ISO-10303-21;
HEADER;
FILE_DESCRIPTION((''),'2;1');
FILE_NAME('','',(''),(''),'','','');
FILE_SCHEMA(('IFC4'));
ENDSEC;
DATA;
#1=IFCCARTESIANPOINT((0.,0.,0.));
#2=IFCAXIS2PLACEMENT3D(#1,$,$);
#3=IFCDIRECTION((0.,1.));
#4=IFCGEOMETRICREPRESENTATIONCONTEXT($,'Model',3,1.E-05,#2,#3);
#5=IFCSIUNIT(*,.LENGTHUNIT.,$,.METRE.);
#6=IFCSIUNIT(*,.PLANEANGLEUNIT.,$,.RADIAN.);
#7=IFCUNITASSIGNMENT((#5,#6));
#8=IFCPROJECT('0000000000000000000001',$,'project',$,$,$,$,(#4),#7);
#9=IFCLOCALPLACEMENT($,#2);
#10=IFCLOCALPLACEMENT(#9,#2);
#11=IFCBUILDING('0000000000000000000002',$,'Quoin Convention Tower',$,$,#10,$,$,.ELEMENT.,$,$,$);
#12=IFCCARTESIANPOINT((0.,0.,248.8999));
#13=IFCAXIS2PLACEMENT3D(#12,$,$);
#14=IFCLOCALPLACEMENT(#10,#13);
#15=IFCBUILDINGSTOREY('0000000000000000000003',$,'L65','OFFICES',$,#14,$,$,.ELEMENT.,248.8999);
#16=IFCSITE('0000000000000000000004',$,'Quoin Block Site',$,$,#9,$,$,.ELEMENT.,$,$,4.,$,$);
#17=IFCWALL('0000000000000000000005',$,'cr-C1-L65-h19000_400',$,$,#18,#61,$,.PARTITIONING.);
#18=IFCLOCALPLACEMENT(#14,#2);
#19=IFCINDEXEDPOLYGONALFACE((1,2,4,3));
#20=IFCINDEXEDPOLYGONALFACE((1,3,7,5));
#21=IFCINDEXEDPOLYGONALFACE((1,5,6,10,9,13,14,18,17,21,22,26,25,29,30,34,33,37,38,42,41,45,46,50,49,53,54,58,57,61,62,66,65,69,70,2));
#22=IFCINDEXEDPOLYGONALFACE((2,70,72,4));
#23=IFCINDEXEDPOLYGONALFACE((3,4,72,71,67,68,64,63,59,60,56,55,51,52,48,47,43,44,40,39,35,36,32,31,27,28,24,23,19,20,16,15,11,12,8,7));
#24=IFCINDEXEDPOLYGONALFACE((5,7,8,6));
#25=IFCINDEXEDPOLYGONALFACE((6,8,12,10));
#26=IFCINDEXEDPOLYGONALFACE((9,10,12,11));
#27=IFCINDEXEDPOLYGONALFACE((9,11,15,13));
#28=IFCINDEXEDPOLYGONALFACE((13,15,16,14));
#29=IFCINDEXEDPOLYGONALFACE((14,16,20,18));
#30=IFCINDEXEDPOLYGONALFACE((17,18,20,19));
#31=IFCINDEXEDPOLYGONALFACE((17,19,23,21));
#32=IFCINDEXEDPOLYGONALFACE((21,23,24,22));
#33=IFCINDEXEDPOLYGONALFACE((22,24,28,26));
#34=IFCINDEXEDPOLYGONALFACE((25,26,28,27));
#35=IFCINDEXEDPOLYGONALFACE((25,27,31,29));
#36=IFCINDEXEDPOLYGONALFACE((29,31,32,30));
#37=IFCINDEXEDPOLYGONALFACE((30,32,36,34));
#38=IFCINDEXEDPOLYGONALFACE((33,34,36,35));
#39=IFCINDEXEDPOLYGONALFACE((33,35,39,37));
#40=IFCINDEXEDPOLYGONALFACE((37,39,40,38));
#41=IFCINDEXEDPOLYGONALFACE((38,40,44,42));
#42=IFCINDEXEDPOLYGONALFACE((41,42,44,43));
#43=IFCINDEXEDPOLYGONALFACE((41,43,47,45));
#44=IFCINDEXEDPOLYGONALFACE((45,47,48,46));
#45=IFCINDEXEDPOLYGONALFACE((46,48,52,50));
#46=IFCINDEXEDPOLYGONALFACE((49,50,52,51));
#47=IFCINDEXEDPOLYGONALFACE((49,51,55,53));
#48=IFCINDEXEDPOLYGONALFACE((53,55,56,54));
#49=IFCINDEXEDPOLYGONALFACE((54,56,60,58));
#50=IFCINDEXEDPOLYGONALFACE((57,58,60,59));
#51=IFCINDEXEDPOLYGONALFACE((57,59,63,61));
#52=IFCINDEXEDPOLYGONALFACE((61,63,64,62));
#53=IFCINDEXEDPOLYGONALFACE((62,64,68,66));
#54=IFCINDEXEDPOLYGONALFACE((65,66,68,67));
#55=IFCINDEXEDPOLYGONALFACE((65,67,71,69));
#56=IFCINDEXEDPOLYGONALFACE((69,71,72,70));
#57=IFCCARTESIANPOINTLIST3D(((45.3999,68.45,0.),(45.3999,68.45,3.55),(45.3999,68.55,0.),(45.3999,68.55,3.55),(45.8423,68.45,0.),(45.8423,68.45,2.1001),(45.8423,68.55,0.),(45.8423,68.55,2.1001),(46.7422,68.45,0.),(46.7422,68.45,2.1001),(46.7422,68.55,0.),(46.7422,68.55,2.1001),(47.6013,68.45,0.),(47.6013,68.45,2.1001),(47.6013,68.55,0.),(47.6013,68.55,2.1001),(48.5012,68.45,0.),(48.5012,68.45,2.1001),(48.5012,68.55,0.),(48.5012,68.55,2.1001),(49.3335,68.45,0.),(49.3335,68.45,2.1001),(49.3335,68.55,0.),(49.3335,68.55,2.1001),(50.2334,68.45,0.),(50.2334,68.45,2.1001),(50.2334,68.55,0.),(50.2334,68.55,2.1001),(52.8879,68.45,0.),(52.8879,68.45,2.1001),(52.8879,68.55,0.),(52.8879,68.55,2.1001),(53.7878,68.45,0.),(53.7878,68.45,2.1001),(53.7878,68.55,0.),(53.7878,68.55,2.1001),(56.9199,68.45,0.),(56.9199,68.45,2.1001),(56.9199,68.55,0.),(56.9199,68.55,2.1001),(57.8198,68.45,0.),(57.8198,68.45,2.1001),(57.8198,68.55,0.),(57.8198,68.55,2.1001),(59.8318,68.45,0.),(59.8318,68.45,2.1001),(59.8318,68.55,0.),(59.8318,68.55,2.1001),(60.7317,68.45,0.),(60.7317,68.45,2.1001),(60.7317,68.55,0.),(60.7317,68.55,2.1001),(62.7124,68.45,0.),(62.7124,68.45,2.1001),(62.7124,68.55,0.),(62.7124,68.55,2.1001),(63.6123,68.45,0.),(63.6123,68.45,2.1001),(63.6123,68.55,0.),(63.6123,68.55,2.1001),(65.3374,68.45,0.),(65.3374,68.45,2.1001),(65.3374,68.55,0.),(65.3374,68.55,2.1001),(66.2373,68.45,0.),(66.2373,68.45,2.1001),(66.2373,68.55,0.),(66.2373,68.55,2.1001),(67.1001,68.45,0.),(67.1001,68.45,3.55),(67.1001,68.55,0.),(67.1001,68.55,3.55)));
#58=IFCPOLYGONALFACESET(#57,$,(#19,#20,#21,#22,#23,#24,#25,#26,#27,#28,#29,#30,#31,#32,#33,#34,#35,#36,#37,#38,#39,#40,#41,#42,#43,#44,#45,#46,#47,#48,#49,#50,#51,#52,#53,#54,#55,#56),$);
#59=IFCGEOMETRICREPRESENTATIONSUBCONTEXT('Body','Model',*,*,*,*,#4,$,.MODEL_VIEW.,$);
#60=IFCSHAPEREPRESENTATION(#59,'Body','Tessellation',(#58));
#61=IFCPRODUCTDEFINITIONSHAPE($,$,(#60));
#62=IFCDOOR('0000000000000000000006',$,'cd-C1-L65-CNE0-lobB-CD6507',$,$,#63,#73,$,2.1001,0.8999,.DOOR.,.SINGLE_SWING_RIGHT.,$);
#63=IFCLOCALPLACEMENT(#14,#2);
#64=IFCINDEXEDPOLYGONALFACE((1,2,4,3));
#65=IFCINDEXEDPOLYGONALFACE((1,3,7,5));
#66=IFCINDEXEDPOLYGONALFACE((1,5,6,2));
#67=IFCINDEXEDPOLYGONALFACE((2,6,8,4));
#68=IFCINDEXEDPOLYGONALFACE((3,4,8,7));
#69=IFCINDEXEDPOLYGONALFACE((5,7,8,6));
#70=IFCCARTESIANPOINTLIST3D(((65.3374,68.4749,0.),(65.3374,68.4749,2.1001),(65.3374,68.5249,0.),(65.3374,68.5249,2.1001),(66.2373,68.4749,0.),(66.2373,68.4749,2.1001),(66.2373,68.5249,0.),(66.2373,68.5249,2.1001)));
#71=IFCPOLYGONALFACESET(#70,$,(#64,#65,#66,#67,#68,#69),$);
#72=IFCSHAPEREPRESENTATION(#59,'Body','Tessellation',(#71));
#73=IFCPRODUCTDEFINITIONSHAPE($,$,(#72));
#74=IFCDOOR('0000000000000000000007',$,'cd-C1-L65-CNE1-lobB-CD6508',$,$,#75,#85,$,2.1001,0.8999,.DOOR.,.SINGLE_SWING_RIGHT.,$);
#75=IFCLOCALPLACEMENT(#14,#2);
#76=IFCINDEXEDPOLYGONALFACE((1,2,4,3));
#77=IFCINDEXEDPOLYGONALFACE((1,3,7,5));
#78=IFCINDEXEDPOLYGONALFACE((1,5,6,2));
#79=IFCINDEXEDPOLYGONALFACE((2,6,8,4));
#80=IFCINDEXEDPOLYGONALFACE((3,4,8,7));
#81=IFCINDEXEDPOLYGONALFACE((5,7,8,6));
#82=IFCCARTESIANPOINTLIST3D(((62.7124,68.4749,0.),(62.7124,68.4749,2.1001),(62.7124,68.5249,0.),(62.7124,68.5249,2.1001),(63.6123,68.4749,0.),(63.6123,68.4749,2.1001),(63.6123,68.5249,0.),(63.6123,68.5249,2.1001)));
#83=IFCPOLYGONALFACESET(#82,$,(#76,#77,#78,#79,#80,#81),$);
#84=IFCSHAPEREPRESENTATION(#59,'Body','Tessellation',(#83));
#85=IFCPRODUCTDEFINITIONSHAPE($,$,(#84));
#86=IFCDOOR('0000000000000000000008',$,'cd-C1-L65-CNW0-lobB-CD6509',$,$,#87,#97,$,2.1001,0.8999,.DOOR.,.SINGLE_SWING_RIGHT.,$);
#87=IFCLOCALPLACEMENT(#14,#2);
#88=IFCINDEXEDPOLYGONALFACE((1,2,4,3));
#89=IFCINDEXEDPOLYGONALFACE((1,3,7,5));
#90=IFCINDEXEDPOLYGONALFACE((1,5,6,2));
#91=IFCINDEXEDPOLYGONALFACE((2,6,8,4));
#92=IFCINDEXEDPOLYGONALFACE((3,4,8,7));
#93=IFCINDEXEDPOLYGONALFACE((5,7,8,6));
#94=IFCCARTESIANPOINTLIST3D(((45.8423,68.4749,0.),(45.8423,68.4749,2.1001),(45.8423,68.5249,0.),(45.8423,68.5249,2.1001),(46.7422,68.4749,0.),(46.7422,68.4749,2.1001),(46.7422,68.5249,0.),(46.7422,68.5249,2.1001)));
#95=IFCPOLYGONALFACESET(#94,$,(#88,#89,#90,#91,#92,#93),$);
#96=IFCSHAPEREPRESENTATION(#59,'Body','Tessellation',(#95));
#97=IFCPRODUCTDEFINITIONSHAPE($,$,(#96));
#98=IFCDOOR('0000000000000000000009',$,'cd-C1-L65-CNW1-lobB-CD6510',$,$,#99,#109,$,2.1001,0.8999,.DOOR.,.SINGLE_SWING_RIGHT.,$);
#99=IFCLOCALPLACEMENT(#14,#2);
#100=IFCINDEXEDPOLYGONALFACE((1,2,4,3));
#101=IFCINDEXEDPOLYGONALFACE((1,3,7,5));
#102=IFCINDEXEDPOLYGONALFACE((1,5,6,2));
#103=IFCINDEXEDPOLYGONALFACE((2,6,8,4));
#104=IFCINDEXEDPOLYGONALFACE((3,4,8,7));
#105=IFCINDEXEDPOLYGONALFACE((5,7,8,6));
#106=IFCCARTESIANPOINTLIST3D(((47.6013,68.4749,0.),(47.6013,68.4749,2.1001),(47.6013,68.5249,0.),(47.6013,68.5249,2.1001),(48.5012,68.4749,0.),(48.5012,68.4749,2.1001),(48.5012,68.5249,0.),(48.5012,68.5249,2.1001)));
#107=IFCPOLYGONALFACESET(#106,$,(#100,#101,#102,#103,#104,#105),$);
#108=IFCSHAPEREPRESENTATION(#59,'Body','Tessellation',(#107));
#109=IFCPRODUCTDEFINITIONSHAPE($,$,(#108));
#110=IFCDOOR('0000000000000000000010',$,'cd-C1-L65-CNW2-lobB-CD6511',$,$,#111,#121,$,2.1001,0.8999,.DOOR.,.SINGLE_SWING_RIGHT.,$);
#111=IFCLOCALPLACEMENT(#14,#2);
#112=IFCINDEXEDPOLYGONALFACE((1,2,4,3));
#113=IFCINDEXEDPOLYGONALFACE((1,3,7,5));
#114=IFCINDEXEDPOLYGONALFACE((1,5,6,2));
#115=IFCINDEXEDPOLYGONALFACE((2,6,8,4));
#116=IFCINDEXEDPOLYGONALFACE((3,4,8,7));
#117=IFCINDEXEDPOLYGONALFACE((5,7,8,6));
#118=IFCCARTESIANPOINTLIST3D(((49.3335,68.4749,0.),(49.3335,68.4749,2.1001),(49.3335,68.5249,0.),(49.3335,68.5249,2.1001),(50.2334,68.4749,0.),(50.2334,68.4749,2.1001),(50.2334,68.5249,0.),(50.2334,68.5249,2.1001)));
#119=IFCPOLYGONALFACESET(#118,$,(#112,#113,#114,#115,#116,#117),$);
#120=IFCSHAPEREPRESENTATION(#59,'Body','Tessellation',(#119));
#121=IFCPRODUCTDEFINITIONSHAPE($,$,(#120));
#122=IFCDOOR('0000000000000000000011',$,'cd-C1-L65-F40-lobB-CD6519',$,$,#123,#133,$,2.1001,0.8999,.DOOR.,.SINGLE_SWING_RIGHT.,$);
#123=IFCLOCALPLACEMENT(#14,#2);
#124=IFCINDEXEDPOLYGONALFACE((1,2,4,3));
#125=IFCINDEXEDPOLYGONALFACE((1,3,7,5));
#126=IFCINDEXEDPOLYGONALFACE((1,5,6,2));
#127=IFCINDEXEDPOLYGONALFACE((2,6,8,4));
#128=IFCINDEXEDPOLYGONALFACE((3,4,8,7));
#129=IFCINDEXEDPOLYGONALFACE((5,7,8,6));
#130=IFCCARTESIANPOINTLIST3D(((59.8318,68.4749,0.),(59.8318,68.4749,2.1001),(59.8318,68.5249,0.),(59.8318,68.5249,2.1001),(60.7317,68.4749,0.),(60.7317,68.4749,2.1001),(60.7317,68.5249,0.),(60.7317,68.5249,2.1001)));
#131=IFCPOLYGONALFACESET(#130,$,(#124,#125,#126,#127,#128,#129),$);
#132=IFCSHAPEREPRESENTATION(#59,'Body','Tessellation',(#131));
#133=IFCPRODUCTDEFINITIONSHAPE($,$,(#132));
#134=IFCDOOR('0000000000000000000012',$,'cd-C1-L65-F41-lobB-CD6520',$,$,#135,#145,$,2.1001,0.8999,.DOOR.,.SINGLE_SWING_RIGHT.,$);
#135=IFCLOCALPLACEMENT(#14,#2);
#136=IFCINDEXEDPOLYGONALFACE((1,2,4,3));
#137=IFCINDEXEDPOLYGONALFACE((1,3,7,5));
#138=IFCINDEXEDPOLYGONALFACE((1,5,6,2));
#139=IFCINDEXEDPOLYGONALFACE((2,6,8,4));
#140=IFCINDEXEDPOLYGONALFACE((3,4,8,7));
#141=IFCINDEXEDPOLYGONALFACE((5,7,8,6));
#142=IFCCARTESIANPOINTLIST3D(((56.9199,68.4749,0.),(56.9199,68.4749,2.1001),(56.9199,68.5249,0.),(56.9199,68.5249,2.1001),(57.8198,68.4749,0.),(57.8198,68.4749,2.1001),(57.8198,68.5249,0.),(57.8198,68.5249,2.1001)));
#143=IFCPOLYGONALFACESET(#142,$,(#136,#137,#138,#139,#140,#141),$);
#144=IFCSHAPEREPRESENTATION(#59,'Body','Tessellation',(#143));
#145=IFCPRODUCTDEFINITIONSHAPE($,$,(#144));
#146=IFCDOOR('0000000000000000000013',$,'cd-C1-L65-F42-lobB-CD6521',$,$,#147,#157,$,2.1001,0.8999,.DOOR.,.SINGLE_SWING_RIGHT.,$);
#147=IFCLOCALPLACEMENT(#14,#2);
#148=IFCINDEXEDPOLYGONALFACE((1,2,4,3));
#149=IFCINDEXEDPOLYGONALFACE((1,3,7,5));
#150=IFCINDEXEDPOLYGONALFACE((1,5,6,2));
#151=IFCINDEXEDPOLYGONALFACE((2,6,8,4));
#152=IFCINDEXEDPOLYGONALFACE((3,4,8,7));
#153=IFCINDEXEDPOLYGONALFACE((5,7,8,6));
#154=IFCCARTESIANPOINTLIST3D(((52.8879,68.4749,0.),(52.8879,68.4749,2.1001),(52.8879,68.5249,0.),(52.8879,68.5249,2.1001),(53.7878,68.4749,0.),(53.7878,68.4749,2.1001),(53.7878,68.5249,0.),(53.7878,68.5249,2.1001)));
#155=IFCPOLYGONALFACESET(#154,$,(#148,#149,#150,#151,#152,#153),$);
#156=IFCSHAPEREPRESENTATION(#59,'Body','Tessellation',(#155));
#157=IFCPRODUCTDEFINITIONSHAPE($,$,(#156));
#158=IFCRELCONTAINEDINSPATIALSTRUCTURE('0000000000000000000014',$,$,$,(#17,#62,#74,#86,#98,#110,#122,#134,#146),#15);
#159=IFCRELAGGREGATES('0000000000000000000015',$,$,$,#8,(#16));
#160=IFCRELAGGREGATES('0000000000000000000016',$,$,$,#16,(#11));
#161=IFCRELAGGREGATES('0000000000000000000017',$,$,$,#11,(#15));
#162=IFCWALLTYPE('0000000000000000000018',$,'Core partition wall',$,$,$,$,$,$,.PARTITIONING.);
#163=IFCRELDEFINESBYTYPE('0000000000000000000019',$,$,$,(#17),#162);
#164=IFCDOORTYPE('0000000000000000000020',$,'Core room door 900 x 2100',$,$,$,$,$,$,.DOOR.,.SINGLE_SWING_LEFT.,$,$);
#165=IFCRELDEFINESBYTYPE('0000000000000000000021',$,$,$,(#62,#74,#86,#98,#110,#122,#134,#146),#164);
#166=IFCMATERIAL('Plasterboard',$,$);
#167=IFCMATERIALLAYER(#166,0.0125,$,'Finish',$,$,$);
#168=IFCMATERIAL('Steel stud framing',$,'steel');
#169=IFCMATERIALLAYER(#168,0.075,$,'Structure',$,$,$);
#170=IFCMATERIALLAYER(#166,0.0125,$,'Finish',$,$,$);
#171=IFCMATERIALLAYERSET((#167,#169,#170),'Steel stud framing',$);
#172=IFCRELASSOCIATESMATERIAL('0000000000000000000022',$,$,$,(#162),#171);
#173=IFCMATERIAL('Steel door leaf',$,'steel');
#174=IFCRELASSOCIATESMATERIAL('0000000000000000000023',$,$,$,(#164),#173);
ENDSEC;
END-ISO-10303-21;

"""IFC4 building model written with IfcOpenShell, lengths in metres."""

from ifc_helpers import new_model, si_unit, direction, frame, frame_2d, origin, place, context, subcontext, project, spatial, rectangle, extrude, material, layer, layer_set, type_object, element, fill, save


model = new_model("IFC4")

# Units and contexts
model_context = context("Model", 3, precision=1e-05, world=origin(), true_north=direction((0.0, 1.0)))
body_context = subcontext(model_context, "Body", "Model", "MODEL_VIEW")
ifc_project = project(units=[si_unit("LENGTHUNIT", "METRE"), si_unit("PLANEANGLEUNIT", "RADIAN")], contexts=[model_context])

# Site, building, storey
site_placement = place(None, origin())
site = spatial("IfcSite", under=ifc_project, at=site_placement, Name="Quoin Block Site", CompositionType="ELEMENT", RefElevation=4.0)
building_placement = place(site_placement, origin())
building = spatial("IfcBuilding", under=site, at=building_placement, Name="Quoin Convention Tower", CompositionType="ELEMENT")
storey_placement = place(building_placement, frame((0.0, 0.0, 248.8999)))
storey = spatial("IfcBuildingStorey", under=building, at=storey_placement, Name="L65", Description="OFFICES", CompositionType="ELEMENT", Elevation=248.8999)

# Wall, openings, doors
ifc_material_1 = material(Name="Plasterboard")
ifc_layer_1 = layer(ifc_material_1, 0.0125, Name="Finish")
ifc_material_2 = material(Name="Steel stud framing", Category="steel")
ifc_layer_2 = layer(ifc_material_2, 0.075, Name="Structure")
ifc_layer_3 = layer(ifc_material_1, 0.0125, Name="Finish")
ifc_layer_set_1 = layer_set([ifc_layer_1, ifc_layer_2, ifc_layer_3], Name="Steel stud framing")
wall_type_1 = type_object("IfcWallType", Name="Core partition wall", PredefinedType="PARTITIONING", material=ifc_layer_set_1)
wall_1_placement = place(storey_placement, frame((45.3999, 68.5, 0.0), z_axis=(0.0, 0.0, 1.0), x_axis=(1.0, 0.0, 0.0)))
wall_1 = element("IfcWall", 1, at=wall_1_placement, inside=storey, type_object=wall_type_1, Name="cr-C1-L65-h19000_400", PredefinedType="PARTITIONING", context=body_context, shape_type="SweptSolid", body=[
    extrude(rectangle(XDim=21.7002, YDim=0.1001, at=frame_2d((10.8501, 0.0))), origin(), (0.0, 0.0, 1.0), 3.55),
])
opening_1_placement = place(wall_1_placement, frame((19.9375, 0.0, 0.0)))
opening_1 = element("IfcOpeningElement", 2, at=opening_1_placement, cuts=wall_1, PredefinedType="OPENING", context=body_context, shape_type="SweptSolid", body=[
    extrude(rectangle(XDim=0.8999, YDim=2.1001, at=frame_2d((0.45, 1.05))), frame((0.0, 0.0601, 0.0), z_axis=(0.0, -1.0, 0.0), x_axis=(1.0, 0.0, 0.0)), (0.0, 0.0, 1.0), 0.1201),
])
opening_2_placement = place(wall_1_placement, frame((17.3125, 0.0, 0.0)))
opening_2 = element("IfcOpeningElement", 3, at=opening_2_placement, cuts=wall_1, PredefinedType="OPENING", context=body_context, shape_type="SweptSolid", body=[
    extrude(rectangle(XDim=0.8999, YDim=2.1001, at=frame_2d((0.45, 1.05))), frame((0.0, 0.0601, 0.0), z_axis=(0.0, -1.0, 0.0), x_axis=(1.0, 0.0, 0.0)), (0.0, 0.0, 1.0), 0.1201),
])
opening_3_placement = place(wall_1_placement, frame((0.4424, 0.0, 0.0)))
opening_3 = element("IfcOpeningElement", 4, at=opening_3_placement, cuts=wall_1, PredefinedType="OPENING", context=body_context, shape_type="SweptSolid", body=[
    extrude(rectangle(XDim=0.8999, YDim=2.1001, at=frame_2d((0.45, 1.05))), frame((0.0, 0.0601, 0.0), z_axis=(0.0, -1.0, 0.0), x_axis=(1.0, 0.0, 0.0)), (0.0, 0.0, 1.0), 0.1201),
])
opening_4_placement = place(wall_1_placement, frame((2.2014, 0.0, 0.0)))
opening_4 = element("IfcOpeningElement", 5, at=opening_4_placement, cuts=wall_1, PredefinedType="OPENING", context=body_context, shape_type="SweptSolid", body=[
    extrude(rectangle(XDim=0.8999, YDim=2.1001, at=frame_2d((0.45, 1.05))), frame((0.0, 0.0601, 0.0), z_axis=(0.0, -1.0, 0.0), x_axis=(1.0, 0.0, 0.0)), (0.0, 0.0, 1.0), 0.1201),
])
opening_5_placement = place(wall_1_placement, frame((3.9336, 0.0, 0.0)))
opening_5 = element("IfcOpeningElement", 6, at=opening_5_placement, cuts=wall_1, PredefinedType="OPENING", context=body_context, shape_type="SweptSolid", body=[
    extrude(rectangle(XDim=0.8999, YDim=2.1001, at=frame_2d((0.45, 1.05))), frame((0.0, 0.0601, 0.0), z_axis=(0.0, -1.0, 0.0), x_axis=(1.0, 0.0, 0.0)), (0.0, 0.0, 1.0), 0.1201),
])
opening_6_placement = place(wall_1_placement, frame((14.4319, 0.0, 0.0)))
opening_6 = element("IfcOpeningElement", 7, at=opening_6_placement, cuts=wall_1, PredefinedType="OPENING", context=body_context, shape_type="SweptSolid", body=[
    extrude(rectangle(XDim=0.8999, YDim=2.1001, at=frame_2d((0.45, 1.05))), frame((0.0, 0.0601, 0.0), z_axis=(0.0, -1.0, 0.0), x_axis=(1.0, 0.0, 0.0)), (0.0, 0.0, 1.0), 0.1201),
])
opening_7_placement = place(wall_1_placement, frame((11.52, 0.0, 0.0)))
opening_7 = element("IfcOpeningElement", 8, at=opening_7_placement, cuts=wall_1, PredefinedType="OPENING", context=body_context, shape_type="SweptSolid", body=[
    extrude(rectangle(XDim=0.8999, YDim=2.1001, at=frame_2d((0.45, 1.05))), frame((0.0, 0.0601, 0.0), z_axis=(0.0, -1.0, 0.0), x_axis=(1.0, 0.0, 0.0)), (0.0, 0.0, 1.0), 0.1201),
])
opening_8_placement = place(wall_1_placement, frame((7.488, 0.0, 0.0)))
opening_8 = element("IfcOpeningElement", 9, at=opening_8_placement, cuts=wall_1, PredefinedType="OPENING", context=body_context, shape_type="SweptSolid", body=[
    extrude(rectangle(XDim=0.8999, YDim=2.1001, at=frame_2d((0.45, 1.05))), frame((0.0, 0.0601, 0.0), z_axis=(0.0, -1.0, 0.0), x_axis=(1.0, 0.0, 0.0)), (0.0, 0.0, 1.0), 0.1201),
])
ifc_material_3 = material(Name="Steel door leaf", Category="steel")
door_type_1 = type_object("IfcDoorType", Name="Core room door 900 x 2100", OperationType="SINGLE_SWING_LEFT", PredefinedType="DOOR", material=ifc_material_3)
door_1_placement = place(opening_1_placement, origin())
door_1 = element("IfcDoor", 10, at=door_1_placement, inside=storey, type_object=door_type_1, Name="cd-C1-L65-CNE0-lobB-CD6507", OperationType="SINGLE_SWING_RIGHT", OverallHeight=2.1001, OverallWidth=0.8999, PredefinedType="DOOR", context=body_context, shape_type="SweptSolid", body=[
    extrude(rectangle(XDim=0.8999, YDim=2.1001, at=frame_2d((0.45, 1.05))), frame((0.0, 0.0249, 0.0), z_axis=(0.0, -1.0, 0.0), x_axis=(1.0, 0.0, 0.0)), (0.0, 0.0, 1.0), 0.05),
])
fill(opening_1, door_1)
door_2_placement = place(opening_2_placement, origin())
door_2 = element("IfcDoor", 11, at=door_2_placement, inside=storey, type_object=door_type_1, Name="cd-C1-L65-CNE1-lobB-CD6508", OperationType="SINGLE_SWING_RIGHT", OverallHeight=2.1001, OverallWidth=0.8999, PredefinedType="DOOR", context=body_context, shape_type="SweptSolid", body=[
    extrude(rectangle(XDim=0.8999, YDim=2.1001, at=frame_2d((0.45, 1.05))), frame((0.0, 0.0249, 0.0), z_axis=(0.0, -1.0, 0.0), x_axis=(1.0, 0.0, 0.0)), (0.0, 0.0, 1.0), 0.05),
])
fill(opening_2, door_2)
door_3_placement = place(opening_3_placement, origin())
door_3 = element("IfcDoor", 12, at=door_3_placement, inside=storey, type_object=door_type_1, Name="cd-C1-L65-CNW0-lobB-CD6509", OperationType="SINGLE_SWING_RIGHT", OverallHeight=2.1001, OverallWidth=0.8999, PredefinedType="DOOR", context=body_context, shape_type="SweptSolid", body=[
    extrude(rectangle(XDim=0.8999, YDim=2.1001, at=frame_2d((0.45, 1.05))), frame((0.0, 0.0249, 0.0), z_axis=(0.0, -1.0, 0.0), x_axis=(1.0, 0.0, 0.0)), (0.0, 0.0, 1.0), 0.05),
])
fill(opening_3, door_3)
door_4_placement = place(opening_4_placement, origin())
door_4 = element("IfcDoor", 13, at=door_4_placement, inside=storey, type_object=door_type_1, Name="cd-C1-L65-CNW1-lobB-CD6510", OperationType="SINGLE_SWING_RIGHT", OverallHeight=2.1001, OverallWidth=0.8999, PredefinedType="DOOR", context=body_context, shape_type="SweptSolid", body=[
    extrude(rectangle(XDim=0.8999, YDim=2.1001, at=frame_2d((0.45, 1.05))), frame((0.0, 0.0249, 0.0), z_axis=(0.0, -1.0, 0.0), x_axis=(1.0, 0.0, 0.0)), (0.0, 0.0, 1.0), 0.05),
])
fill(opening_4, door_4)
door_5_placement = place(opening_5_placement, origin())
door_5 = element("IfcDoor", 14, at=door_5_placement, inside=storey, type_object=door_type_1, Name="cd-C1-L65-CNW2-lobB-CD6511", OperationType="SINGLE_SWING_RIGHT", OverallHeight=2.1001, OverallWidth=0.8999, PredefinedType="DOOR", context=body_context, shape_type="SweptSolid", body=[
    extrude(rectangle(XDim=0.8999, YDim=2.1001, at=frame_2d((0.45, 1.05))), frame((0.0, 0.0249, 0.0), z_axis=(0.0, -1.0, 0.0), x_axis=(1.0, 0.0, 0.0)), (0.0, 0.0, 1.0), 0.05),
])
fill(opening_5, door_5)
door_6_placement = place(opening_6_placement, origin())
door_6 = element("IfcDoor", 15, at=door_6_placement, inside=storey, type_object=door_type_1, Name="cd-C1-L65-F40-lobB-CD6519", OperationType="SINGLE_SWING_RIGHT", OverallHeight=2.1001, OverallWidth=0.8999, PredefinedType="DOOR", context=body_context, shape_type="SweptSolid", body=[
    extrude(rectangle(XDim=0.8999, YDim=2.1001, at=frame_2d((0.45, 1.05))), frame((0.0, 0.0249, 0.0), z_axis=(0.0, -1.0, 0.0), x_axis=(1.0, 0.0, 0.0)), (0.0, 0.0, 1.0), 0.05),
])
fill(opening_6, door_6)
door_7_placement = place(opening_7_placement, origin())
door_7 = element("IfcDoor", 16, at=door_7_placement, inside=storey, type_object=door_type_1, Name="cd-C1-L65-F41-lobB-CD6520", OperationType="SINGLE_SWING_RIGHT", OverallHeight=2.1001, OverallWidth=0.8999, PredefinedType="DOOR", context=body_context, shape_type="SweptSolid", body=[
    extrude(rectangle(XDim=0.8999, YDim=2.1001, at=frame_2d((0.45, 1.05))), frame((0.0, 0.0249, 0.0), z_axis=(0.0, -1.0, 0.0), x_axis=(1.0, 0.0, 0.0)), (0.0, 0.0, 1.0), 0.05),
])
fill(opening_7, door_7)
door_8_placement = place(opening_8_placement, origin())
door_8 = element("IfcDoor", 17, at=door_8_placement, inside=storey, type_object=door_type_1, Name="cd-C1-L65-F42-lobB-CD6521", OperationType="SINGLE_SWING_RIGHT", OverallHeight=2.1001, OverallWidth=0.8999, PredefinedType="DOOR", context=body_context, shape_type="SweptSolid", body=[
    extrude(rectangle(XDim=0.8999, YDim=2.1001, at=frame_2d((0.45, 1.05))), frame((0.0, 0.0249, 0.0), z_axis=(0.0, -1.0, 0.0), x_axis=(1.0, 0.0, 0.0)), (0.0, 0.0, 1.0), 0.05),
])
fill(opening_8, door_8)

save(model, "model.ifc")
